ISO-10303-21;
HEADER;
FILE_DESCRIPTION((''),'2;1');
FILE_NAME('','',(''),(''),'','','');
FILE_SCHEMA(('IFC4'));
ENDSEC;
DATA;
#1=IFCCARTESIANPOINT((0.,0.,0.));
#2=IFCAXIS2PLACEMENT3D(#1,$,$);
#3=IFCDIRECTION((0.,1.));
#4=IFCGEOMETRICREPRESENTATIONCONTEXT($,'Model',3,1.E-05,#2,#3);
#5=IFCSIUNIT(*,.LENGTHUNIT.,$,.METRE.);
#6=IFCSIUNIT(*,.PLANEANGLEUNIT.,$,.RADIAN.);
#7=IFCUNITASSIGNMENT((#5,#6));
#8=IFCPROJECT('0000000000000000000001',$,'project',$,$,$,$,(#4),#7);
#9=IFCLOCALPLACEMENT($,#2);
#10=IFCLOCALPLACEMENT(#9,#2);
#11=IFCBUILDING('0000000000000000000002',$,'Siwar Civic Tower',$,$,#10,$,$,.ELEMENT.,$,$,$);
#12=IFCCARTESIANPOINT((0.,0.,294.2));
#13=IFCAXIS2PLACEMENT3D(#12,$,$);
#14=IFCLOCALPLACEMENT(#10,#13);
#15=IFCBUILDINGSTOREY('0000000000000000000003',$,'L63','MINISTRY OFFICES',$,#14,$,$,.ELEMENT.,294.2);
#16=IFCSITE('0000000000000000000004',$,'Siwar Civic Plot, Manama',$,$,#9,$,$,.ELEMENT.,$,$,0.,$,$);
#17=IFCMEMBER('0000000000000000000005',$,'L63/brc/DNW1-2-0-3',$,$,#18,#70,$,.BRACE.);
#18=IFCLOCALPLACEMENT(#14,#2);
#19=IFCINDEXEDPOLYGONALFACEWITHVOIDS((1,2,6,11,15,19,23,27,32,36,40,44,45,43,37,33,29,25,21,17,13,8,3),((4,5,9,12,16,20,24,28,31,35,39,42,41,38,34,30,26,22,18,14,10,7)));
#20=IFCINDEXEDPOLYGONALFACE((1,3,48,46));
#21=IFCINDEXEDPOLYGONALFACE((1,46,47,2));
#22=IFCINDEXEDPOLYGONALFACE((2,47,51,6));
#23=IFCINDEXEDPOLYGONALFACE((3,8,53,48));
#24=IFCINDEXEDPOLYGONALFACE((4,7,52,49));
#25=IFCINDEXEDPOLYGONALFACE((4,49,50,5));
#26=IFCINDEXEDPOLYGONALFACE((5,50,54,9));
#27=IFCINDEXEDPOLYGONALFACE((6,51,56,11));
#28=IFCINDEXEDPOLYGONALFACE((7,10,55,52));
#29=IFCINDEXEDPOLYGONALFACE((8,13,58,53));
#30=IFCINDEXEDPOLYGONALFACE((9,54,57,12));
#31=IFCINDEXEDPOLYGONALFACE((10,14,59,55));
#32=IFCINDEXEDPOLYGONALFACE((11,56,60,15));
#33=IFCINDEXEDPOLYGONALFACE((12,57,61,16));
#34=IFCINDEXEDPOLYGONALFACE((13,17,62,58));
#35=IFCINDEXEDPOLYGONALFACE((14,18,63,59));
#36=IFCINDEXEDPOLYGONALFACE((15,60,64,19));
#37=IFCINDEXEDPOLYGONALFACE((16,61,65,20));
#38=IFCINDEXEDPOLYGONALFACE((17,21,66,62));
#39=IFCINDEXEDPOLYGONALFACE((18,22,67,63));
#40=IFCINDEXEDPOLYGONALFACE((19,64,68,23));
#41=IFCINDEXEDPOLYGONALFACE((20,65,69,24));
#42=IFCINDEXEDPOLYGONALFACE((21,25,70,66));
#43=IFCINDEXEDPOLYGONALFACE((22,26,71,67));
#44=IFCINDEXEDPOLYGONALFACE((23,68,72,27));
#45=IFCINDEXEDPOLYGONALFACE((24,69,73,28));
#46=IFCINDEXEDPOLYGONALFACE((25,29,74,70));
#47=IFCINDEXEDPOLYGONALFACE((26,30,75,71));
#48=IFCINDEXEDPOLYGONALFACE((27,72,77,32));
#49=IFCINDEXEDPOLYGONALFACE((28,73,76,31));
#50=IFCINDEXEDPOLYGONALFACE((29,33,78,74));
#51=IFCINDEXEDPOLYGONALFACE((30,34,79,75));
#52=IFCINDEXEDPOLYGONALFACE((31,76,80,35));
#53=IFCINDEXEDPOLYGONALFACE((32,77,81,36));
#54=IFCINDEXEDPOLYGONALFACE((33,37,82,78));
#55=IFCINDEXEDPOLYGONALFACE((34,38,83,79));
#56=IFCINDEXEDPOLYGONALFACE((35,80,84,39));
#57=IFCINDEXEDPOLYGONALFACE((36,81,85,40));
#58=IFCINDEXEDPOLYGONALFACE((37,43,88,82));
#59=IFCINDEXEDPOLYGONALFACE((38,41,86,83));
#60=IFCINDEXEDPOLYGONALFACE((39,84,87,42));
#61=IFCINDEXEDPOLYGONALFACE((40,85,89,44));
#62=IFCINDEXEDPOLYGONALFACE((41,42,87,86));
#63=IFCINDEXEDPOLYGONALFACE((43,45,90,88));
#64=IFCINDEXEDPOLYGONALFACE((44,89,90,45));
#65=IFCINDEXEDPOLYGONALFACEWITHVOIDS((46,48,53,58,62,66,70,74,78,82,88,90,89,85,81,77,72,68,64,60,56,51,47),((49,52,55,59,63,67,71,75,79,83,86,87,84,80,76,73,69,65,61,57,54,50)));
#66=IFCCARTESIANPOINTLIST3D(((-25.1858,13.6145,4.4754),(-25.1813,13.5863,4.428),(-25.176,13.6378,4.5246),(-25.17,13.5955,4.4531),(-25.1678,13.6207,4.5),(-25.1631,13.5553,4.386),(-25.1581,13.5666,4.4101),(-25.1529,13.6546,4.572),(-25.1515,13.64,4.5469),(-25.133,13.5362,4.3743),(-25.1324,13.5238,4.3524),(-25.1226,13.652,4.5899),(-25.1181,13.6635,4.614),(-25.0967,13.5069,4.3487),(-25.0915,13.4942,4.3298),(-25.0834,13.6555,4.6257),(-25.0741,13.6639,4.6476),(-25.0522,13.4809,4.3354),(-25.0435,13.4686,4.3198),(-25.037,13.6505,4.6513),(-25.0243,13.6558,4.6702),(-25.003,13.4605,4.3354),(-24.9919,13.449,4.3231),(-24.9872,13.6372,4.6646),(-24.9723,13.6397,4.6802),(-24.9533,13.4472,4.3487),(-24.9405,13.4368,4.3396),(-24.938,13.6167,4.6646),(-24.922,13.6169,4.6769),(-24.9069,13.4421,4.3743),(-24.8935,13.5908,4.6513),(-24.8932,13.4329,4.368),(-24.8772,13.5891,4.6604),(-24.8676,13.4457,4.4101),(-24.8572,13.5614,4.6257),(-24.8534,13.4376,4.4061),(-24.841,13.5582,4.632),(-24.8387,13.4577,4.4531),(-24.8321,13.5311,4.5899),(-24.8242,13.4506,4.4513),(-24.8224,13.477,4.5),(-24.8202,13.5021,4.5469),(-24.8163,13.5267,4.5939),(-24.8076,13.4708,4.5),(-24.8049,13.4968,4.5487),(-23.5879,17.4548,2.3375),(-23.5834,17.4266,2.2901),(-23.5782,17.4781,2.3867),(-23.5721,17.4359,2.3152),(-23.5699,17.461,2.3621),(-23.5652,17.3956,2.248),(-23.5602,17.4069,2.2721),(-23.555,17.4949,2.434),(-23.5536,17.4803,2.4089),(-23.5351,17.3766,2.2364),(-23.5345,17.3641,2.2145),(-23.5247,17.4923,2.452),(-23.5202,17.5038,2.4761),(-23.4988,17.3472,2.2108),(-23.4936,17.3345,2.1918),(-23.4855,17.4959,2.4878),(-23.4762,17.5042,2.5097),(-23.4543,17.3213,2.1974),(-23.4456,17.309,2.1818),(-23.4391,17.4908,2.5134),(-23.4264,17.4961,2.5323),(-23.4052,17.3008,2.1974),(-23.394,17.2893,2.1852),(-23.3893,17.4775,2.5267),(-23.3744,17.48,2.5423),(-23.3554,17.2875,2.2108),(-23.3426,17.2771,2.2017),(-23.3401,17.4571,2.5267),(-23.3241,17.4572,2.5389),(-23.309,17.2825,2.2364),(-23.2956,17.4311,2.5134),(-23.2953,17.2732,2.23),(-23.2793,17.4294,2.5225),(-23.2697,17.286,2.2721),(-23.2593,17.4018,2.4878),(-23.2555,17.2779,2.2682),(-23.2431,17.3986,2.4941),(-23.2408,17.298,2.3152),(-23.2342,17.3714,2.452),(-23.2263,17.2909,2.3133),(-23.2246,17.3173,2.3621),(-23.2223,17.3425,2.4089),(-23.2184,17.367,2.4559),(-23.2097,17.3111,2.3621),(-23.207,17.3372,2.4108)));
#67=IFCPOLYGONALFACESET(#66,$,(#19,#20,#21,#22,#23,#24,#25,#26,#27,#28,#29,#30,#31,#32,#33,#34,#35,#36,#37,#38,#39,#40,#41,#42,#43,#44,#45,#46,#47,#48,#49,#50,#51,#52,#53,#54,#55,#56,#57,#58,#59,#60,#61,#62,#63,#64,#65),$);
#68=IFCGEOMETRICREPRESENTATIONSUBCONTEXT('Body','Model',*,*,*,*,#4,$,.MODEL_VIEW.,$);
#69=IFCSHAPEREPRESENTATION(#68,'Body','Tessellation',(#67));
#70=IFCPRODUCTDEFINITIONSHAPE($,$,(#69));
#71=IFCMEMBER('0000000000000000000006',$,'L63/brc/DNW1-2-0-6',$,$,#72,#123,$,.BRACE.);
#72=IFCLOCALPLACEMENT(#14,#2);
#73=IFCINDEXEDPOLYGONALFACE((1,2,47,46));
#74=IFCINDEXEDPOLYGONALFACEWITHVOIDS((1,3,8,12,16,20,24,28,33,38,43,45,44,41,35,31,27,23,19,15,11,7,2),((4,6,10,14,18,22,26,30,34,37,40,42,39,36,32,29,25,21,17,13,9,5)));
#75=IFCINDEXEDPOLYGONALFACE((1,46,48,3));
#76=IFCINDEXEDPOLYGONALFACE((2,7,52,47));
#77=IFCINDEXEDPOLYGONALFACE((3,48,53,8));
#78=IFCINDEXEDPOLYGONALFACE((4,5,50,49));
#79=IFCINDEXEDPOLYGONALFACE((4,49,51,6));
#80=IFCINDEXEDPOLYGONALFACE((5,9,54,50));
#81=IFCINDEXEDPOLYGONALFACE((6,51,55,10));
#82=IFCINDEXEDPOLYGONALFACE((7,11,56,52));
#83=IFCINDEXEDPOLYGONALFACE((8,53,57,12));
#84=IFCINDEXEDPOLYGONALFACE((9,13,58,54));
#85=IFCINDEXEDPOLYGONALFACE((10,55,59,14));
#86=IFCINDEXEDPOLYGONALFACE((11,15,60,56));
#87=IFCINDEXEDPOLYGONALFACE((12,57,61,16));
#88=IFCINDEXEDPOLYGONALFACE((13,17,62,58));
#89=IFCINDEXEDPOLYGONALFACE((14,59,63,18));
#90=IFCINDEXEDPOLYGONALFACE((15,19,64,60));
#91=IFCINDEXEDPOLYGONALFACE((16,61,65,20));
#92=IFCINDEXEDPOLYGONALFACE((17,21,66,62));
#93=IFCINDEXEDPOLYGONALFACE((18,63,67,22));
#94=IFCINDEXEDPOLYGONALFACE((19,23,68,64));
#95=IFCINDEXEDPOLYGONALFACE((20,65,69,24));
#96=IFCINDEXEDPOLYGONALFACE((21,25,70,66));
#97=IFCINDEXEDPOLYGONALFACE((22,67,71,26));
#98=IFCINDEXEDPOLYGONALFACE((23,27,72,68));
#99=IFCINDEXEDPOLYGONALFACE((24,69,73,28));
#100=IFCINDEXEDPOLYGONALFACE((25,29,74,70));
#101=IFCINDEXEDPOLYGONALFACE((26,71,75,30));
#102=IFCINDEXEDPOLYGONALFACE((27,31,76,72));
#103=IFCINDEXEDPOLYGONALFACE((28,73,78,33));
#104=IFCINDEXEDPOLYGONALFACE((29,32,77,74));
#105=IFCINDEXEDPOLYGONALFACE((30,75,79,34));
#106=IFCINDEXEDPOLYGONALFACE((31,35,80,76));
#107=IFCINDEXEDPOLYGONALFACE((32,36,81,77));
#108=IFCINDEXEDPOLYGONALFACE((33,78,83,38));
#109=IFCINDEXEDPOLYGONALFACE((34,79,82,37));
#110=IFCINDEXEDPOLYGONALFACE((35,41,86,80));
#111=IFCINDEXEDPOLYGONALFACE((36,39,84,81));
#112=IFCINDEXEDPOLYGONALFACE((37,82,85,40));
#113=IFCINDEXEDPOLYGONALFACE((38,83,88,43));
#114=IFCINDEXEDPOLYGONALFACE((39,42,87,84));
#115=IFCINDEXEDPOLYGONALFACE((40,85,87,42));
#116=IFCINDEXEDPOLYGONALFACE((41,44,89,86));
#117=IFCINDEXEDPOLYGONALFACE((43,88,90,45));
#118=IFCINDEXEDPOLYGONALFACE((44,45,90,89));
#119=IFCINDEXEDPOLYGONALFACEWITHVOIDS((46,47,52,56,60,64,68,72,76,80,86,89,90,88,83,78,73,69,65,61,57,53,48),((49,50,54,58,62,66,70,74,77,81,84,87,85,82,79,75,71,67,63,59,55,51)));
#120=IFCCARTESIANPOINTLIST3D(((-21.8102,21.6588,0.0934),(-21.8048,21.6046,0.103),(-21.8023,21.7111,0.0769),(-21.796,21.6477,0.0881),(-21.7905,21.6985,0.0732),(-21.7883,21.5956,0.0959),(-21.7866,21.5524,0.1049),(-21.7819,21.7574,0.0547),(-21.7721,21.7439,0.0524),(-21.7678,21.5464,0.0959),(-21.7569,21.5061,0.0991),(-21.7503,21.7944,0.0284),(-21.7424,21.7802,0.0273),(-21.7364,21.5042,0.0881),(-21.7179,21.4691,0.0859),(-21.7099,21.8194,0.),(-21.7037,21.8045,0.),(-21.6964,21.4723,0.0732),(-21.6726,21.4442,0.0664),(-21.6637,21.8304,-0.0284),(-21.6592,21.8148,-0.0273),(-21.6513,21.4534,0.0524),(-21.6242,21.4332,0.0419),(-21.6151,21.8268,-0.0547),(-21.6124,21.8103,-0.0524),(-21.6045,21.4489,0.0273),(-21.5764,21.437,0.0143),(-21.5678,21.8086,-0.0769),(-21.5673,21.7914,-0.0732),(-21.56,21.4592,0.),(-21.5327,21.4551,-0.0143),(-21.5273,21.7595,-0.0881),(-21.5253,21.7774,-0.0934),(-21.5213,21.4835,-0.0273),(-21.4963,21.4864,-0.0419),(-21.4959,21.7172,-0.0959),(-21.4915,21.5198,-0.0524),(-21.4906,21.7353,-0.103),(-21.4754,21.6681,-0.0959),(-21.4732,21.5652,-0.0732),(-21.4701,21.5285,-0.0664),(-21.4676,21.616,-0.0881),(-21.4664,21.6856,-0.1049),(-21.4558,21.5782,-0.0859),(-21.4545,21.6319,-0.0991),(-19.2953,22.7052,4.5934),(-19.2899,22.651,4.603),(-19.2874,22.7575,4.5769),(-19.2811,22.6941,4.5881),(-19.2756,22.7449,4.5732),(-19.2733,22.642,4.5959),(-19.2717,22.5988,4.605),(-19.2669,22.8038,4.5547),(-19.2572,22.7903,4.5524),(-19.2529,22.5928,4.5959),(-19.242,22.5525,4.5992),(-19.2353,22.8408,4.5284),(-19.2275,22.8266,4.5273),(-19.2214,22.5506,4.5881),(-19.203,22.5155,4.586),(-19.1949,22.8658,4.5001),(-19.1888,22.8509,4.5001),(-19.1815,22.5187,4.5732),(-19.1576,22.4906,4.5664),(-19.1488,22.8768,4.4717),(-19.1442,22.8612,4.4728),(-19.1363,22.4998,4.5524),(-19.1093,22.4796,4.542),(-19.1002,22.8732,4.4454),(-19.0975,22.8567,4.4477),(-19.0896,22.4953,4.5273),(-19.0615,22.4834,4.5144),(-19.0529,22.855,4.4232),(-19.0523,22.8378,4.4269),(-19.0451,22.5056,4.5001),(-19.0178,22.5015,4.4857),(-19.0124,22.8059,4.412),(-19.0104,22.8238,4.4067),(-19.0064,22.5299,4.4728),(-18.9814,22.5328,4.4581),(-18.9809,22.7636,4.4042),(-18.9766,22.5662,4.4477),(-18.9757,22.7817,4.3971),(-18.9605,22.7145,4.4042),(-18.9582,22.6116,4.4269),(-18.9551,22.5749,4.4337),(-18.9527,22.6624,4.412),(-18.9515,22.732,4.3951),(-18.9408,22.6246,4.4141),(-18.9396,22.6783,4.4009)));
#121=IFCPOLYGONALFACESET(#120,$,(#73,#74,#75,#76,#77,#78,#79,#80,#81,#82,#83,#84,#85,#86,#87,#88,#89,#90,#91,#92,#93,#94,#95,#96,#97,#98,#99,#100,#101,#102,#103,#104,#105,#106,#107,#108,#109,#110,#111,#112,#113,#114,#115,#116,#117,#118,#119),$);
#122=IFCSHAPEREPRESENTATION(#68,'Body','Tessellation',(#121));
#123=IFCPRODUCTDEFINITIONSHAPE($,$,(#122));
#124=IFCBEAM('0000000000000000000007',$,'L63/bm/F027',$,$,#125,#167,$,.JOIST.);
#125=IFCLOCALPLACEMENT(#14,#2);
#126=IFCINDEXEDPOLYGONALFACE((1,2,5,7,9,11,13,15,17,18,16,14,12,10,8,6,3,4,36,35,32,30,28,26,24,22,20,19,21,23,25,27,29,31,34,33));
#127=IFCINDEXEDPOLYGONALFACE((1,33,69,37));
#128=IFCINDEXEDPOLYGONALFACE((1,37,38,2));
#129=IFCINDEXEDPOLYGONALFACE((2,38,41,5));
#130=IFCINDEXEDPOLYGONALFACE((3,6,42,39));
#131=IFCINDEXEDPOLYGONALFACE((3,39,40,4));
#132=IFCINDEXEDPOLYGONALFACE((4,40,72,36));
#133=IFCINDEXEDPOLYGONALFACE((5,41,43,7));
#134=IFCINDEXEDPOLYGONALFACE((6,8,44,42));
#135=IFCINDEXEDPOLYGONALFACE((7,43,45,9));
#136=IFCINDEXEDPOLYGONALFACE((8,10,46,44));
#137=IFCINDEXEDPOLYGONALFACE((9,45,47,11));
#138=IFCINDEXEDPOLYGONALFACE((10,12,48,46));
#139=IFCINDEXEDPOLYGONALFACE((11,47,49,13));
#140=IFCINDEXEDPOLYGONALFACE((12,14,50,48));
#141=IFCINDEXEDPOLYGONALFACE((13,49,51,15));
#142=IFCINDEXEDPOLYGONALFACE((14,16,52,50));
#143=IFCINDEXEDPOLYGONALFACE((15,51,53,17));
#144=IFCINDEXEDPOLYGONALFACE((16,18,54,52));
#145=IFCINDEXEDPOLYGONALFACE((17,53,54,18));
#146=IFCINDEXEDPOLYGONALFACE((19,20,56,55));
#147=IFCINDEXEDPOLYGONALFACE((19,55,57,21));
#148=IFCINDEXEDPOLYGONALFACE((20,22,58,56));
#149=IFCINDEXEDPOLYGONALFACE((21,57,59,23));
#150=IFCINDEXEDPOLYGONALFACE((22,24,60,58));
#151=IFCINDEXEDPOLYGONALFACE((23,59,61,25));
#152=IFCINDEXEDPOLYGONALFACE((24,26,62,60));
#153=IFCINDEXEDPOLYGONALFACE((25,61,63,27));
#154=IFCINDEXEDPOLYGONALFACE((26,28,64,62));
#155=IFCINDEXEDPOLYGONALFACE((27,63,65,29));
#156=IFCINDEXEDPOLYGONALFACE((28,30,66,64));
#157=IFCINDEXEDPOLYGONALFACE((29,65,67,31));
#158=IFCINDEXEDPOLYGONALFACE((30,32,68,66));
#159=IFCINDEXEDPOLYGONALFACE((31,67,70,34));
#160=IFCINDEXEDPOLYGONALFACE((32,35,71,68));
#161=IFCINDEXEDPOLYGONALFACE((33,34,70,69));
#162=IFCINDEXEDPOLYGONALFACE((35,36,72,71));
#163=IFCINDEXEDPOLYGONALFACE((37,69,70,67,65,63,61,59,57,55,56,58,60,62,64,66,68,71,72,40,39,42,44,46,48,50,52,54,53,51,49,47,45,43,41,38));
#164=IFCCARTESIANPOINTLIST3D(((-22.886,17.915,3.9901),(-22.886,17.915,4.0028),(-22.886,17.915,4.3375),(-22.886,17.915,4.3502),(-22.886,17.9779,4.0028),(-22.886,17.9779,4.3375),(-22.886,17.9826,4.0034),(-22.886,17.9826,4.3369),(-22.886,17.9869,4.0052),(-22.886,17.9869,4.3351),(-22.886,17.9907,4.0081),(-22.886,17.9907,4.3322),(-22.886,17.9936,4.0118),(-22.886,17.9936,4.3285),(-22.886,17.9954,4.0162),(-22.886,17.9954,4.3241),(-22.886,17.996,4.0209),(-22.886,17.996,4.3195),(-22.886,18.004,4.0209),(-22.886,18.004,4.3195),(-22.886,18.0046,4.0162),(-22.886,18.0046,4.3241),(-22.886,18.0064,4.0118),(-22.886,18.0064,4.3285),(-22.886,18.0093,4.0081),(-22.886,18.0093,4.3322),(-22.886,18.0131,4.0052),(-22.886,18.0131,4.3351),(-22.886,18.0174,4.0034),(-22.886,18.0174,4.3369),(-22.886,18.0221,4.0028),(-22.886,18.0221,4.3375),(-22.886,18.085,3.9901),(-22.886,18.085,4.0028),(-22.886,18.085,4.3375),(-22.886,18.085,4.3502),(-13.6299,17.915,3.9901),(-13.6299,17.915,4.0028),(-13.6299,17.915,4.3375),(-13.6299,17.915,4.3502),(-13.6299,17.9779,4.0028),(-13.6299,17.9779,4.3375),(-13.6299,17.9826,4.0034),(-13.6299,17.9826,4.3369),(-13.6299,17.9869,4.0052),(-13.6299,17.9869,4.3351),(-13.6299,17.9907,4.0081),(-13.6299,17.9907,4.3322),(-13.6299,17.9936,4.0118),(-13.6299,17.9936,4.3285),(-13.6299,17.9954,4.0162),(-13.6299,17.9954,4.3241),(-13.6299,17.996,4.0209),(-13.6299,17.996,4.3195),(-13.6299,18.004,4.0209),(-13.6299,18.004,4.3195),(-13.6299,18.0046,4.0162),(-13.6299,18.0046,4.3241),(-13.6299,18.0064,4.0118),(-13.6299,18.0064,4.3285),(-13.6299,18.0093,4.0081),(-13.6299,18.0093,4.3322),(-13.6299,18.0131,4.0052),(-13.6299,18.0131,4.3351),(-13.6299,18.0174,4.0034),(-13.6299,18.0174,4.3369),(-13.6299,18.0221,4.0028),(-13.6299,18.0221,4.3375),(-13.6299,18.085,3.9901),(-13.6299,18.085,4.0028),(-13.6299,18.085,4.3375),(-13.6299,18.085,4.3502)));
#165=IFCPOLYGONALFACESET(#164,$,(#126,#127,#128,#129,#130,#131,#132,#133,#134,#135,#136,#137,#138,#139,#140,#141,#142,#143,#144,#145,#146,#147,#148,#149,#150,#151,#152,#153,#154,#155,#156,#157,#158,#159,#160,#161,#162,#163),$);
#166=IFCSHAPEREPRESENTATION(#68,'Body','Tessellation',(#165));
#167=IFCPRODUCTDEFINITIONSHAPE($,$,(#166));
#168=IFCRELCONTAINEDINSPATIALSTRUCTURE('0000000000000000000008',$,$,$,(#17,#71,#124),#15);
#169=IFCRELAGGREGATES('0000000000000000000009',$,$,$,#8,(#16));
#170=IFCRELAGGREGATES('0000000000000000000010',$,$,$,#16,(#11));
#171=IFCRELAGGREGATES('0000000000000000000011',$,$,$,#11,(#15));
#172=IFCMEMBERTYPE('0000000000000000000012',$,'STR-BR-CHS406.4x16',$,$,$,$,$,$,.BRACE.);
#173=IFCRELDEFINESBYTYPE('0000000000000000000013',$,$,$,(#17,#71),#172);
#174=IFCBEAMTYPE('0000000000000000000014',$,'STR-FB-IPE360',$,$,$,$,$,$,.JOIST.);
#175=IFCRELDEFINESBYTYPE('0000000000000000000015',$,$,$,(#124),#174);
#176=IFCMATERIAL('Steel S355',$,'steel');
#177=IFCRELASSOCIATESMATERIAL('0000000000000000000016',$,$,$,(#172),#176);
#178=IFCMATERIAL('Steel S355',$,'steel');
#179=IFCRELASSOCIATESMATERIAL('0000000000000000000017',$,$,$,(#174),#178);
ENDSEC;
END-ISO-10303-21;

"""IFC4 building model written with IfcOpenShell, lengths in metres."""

from ifc_helpers import new_model, si_unit, direction, frame, origin, origin_2d, place, context, subcontext, project, spatial, hollow_circle, i_section, extrude, material, material_profile, profile_set, type_object, element, save


model = new_model("IFC4")

# Units and contexts
model_context = context("Model", 3, precision=1e-05, world=origin(), true_north=direction((0.0, 1.0)))
body_context = subcontext(model_context, "Body", "Model", "MODEL_VIEW")
ifc_project = project(units=[si_unit("LENGTHUNIT", "METRE"), si_unit("PLANEANGLEUNIT", "RADIAN")], contexts=[model_context])

# Site, building, storey
site_placement = place(None, origin())
site = spatial("IfcSite", under=ifc_project, at=site_placement, Name="Siwar Civic Plot, Manama", CompositionType="ELEMENT", RefElevation=0.0)
building_placement = place(site_placement, origin())
building = spatial("IfcBuilding", under=site, at=building_placement, Name="Siwar Civic Tower", CompositionType="ELEMENT")
storey_placement = place(building_placement, frame((0.0, 0.0, 294.2)))
storey = spatial("IfcBuildingStorey", under=building, at=storey_placement, Name="L63", Description="MINISTRY OFFICES", CompositionType="ELEMENT", Elevation=294.2)

# Members
ifc_material_1 = material(Name="Steel S355", Category="steel")
ifc_material_profile_1 = material_profile(ifc_material_1, hollow_circle(Radius=0.2031, WallThickness=0.0161, at=origin_2d()), Name="CHS406.4x16")
ifc_profile_set_1 = profile_set([ifc_material_profile_1], Name="Steel S355")
member_type_1 = type_object("IfcMemberType", Name="STR-BR-CHS406.4x16", PredefinedType="BRACE", material=ifc_profile_set_1)
member_1_placement = place(storey_placement, frame((-23.3972, 17.3892, 2.3621), z_axis=(-0.341667, -0.82115, 0.45714), x_axis=(0.923268, -0.384157, 0.0)))
element("IfcMember", 1, at=member_1_placement, inside=storey, type_object=member_type_1, Name="L63/brc/DNW1-2-0-3", PredefinedType="BRACE", context=body_context, shape_type="SweptSolid", body=[
    extrude(hollow_circle(Radius=0.2031, WallThickness=0.0161, at=origin_2d()), origin(), (0.0, 0.0, 1.0), 4.6768),
])
member_2_placement = place(storey_placement, frame((-21.6318, 21.6318, 0.0), z_axis=(0.478099, 0.198926, 0.855482), x_axis=(-0.384151, 0.92327, 0.0)))
element("IfcMember", 2, at=member_2_placement, inside=storey, type_object=member_type_1, Name="L63/brc/DNW1-2-0-6", PredefinedType="BRACE", context=body_context, shape_type="SweptSolid", body=[
    extrude(hollow_circle(Radius=0.2031, WallThickness=0.0161, at=origin_2d()), origin(), (0.0, 0.0, 1.0), 5.2603),
])

# Beam
ifc_material_2 = material(Name="Steel S355", Category="steel")
ifc_material_profile_2 = material_profile(ifc_material_2, i_section(OverallWidth=0.1699, OverallDepth=0.3601, WebThickness=0.0081, FlangeThickness=0.0127, FilletRadius=0.0181, at=origin_2d()), Name="IPE360")
ifc_profile_set_2 = profile_set([ifc_material_profile_2], Name="Steel S355")
beam_type_1 = type_object("IfcBeamType", Name="STR-FB-IPE360", PredefinedType="JOIST", material=ifc_profile_set_2)
beam_1_placement = place(storey_placement, frame((-22.886, 18.0, 4.1702), z_axis=(1.0, 0.0, 0.0), x_axis=(0.0, 1.0, 0.0)))
element("IfcBeam", 3, at=beam_1_placement, inside=storey, type_object=beam_type_1, Name="L63/bm/F027", PredefinedType="JOIST", context=body_context, shape_type="SweptSolid", body=[
    extrude(i_section(OverallWidth=0.1699, OverallDepth=0.3601, WebThickness=0.0081, FlangeThickness=0.0127, FilletRadius=0.0181, at=origin_2d()), origin(), (0.0, 0.0, 1.0), 9.2561),
])

save(model, "model.ifc")
